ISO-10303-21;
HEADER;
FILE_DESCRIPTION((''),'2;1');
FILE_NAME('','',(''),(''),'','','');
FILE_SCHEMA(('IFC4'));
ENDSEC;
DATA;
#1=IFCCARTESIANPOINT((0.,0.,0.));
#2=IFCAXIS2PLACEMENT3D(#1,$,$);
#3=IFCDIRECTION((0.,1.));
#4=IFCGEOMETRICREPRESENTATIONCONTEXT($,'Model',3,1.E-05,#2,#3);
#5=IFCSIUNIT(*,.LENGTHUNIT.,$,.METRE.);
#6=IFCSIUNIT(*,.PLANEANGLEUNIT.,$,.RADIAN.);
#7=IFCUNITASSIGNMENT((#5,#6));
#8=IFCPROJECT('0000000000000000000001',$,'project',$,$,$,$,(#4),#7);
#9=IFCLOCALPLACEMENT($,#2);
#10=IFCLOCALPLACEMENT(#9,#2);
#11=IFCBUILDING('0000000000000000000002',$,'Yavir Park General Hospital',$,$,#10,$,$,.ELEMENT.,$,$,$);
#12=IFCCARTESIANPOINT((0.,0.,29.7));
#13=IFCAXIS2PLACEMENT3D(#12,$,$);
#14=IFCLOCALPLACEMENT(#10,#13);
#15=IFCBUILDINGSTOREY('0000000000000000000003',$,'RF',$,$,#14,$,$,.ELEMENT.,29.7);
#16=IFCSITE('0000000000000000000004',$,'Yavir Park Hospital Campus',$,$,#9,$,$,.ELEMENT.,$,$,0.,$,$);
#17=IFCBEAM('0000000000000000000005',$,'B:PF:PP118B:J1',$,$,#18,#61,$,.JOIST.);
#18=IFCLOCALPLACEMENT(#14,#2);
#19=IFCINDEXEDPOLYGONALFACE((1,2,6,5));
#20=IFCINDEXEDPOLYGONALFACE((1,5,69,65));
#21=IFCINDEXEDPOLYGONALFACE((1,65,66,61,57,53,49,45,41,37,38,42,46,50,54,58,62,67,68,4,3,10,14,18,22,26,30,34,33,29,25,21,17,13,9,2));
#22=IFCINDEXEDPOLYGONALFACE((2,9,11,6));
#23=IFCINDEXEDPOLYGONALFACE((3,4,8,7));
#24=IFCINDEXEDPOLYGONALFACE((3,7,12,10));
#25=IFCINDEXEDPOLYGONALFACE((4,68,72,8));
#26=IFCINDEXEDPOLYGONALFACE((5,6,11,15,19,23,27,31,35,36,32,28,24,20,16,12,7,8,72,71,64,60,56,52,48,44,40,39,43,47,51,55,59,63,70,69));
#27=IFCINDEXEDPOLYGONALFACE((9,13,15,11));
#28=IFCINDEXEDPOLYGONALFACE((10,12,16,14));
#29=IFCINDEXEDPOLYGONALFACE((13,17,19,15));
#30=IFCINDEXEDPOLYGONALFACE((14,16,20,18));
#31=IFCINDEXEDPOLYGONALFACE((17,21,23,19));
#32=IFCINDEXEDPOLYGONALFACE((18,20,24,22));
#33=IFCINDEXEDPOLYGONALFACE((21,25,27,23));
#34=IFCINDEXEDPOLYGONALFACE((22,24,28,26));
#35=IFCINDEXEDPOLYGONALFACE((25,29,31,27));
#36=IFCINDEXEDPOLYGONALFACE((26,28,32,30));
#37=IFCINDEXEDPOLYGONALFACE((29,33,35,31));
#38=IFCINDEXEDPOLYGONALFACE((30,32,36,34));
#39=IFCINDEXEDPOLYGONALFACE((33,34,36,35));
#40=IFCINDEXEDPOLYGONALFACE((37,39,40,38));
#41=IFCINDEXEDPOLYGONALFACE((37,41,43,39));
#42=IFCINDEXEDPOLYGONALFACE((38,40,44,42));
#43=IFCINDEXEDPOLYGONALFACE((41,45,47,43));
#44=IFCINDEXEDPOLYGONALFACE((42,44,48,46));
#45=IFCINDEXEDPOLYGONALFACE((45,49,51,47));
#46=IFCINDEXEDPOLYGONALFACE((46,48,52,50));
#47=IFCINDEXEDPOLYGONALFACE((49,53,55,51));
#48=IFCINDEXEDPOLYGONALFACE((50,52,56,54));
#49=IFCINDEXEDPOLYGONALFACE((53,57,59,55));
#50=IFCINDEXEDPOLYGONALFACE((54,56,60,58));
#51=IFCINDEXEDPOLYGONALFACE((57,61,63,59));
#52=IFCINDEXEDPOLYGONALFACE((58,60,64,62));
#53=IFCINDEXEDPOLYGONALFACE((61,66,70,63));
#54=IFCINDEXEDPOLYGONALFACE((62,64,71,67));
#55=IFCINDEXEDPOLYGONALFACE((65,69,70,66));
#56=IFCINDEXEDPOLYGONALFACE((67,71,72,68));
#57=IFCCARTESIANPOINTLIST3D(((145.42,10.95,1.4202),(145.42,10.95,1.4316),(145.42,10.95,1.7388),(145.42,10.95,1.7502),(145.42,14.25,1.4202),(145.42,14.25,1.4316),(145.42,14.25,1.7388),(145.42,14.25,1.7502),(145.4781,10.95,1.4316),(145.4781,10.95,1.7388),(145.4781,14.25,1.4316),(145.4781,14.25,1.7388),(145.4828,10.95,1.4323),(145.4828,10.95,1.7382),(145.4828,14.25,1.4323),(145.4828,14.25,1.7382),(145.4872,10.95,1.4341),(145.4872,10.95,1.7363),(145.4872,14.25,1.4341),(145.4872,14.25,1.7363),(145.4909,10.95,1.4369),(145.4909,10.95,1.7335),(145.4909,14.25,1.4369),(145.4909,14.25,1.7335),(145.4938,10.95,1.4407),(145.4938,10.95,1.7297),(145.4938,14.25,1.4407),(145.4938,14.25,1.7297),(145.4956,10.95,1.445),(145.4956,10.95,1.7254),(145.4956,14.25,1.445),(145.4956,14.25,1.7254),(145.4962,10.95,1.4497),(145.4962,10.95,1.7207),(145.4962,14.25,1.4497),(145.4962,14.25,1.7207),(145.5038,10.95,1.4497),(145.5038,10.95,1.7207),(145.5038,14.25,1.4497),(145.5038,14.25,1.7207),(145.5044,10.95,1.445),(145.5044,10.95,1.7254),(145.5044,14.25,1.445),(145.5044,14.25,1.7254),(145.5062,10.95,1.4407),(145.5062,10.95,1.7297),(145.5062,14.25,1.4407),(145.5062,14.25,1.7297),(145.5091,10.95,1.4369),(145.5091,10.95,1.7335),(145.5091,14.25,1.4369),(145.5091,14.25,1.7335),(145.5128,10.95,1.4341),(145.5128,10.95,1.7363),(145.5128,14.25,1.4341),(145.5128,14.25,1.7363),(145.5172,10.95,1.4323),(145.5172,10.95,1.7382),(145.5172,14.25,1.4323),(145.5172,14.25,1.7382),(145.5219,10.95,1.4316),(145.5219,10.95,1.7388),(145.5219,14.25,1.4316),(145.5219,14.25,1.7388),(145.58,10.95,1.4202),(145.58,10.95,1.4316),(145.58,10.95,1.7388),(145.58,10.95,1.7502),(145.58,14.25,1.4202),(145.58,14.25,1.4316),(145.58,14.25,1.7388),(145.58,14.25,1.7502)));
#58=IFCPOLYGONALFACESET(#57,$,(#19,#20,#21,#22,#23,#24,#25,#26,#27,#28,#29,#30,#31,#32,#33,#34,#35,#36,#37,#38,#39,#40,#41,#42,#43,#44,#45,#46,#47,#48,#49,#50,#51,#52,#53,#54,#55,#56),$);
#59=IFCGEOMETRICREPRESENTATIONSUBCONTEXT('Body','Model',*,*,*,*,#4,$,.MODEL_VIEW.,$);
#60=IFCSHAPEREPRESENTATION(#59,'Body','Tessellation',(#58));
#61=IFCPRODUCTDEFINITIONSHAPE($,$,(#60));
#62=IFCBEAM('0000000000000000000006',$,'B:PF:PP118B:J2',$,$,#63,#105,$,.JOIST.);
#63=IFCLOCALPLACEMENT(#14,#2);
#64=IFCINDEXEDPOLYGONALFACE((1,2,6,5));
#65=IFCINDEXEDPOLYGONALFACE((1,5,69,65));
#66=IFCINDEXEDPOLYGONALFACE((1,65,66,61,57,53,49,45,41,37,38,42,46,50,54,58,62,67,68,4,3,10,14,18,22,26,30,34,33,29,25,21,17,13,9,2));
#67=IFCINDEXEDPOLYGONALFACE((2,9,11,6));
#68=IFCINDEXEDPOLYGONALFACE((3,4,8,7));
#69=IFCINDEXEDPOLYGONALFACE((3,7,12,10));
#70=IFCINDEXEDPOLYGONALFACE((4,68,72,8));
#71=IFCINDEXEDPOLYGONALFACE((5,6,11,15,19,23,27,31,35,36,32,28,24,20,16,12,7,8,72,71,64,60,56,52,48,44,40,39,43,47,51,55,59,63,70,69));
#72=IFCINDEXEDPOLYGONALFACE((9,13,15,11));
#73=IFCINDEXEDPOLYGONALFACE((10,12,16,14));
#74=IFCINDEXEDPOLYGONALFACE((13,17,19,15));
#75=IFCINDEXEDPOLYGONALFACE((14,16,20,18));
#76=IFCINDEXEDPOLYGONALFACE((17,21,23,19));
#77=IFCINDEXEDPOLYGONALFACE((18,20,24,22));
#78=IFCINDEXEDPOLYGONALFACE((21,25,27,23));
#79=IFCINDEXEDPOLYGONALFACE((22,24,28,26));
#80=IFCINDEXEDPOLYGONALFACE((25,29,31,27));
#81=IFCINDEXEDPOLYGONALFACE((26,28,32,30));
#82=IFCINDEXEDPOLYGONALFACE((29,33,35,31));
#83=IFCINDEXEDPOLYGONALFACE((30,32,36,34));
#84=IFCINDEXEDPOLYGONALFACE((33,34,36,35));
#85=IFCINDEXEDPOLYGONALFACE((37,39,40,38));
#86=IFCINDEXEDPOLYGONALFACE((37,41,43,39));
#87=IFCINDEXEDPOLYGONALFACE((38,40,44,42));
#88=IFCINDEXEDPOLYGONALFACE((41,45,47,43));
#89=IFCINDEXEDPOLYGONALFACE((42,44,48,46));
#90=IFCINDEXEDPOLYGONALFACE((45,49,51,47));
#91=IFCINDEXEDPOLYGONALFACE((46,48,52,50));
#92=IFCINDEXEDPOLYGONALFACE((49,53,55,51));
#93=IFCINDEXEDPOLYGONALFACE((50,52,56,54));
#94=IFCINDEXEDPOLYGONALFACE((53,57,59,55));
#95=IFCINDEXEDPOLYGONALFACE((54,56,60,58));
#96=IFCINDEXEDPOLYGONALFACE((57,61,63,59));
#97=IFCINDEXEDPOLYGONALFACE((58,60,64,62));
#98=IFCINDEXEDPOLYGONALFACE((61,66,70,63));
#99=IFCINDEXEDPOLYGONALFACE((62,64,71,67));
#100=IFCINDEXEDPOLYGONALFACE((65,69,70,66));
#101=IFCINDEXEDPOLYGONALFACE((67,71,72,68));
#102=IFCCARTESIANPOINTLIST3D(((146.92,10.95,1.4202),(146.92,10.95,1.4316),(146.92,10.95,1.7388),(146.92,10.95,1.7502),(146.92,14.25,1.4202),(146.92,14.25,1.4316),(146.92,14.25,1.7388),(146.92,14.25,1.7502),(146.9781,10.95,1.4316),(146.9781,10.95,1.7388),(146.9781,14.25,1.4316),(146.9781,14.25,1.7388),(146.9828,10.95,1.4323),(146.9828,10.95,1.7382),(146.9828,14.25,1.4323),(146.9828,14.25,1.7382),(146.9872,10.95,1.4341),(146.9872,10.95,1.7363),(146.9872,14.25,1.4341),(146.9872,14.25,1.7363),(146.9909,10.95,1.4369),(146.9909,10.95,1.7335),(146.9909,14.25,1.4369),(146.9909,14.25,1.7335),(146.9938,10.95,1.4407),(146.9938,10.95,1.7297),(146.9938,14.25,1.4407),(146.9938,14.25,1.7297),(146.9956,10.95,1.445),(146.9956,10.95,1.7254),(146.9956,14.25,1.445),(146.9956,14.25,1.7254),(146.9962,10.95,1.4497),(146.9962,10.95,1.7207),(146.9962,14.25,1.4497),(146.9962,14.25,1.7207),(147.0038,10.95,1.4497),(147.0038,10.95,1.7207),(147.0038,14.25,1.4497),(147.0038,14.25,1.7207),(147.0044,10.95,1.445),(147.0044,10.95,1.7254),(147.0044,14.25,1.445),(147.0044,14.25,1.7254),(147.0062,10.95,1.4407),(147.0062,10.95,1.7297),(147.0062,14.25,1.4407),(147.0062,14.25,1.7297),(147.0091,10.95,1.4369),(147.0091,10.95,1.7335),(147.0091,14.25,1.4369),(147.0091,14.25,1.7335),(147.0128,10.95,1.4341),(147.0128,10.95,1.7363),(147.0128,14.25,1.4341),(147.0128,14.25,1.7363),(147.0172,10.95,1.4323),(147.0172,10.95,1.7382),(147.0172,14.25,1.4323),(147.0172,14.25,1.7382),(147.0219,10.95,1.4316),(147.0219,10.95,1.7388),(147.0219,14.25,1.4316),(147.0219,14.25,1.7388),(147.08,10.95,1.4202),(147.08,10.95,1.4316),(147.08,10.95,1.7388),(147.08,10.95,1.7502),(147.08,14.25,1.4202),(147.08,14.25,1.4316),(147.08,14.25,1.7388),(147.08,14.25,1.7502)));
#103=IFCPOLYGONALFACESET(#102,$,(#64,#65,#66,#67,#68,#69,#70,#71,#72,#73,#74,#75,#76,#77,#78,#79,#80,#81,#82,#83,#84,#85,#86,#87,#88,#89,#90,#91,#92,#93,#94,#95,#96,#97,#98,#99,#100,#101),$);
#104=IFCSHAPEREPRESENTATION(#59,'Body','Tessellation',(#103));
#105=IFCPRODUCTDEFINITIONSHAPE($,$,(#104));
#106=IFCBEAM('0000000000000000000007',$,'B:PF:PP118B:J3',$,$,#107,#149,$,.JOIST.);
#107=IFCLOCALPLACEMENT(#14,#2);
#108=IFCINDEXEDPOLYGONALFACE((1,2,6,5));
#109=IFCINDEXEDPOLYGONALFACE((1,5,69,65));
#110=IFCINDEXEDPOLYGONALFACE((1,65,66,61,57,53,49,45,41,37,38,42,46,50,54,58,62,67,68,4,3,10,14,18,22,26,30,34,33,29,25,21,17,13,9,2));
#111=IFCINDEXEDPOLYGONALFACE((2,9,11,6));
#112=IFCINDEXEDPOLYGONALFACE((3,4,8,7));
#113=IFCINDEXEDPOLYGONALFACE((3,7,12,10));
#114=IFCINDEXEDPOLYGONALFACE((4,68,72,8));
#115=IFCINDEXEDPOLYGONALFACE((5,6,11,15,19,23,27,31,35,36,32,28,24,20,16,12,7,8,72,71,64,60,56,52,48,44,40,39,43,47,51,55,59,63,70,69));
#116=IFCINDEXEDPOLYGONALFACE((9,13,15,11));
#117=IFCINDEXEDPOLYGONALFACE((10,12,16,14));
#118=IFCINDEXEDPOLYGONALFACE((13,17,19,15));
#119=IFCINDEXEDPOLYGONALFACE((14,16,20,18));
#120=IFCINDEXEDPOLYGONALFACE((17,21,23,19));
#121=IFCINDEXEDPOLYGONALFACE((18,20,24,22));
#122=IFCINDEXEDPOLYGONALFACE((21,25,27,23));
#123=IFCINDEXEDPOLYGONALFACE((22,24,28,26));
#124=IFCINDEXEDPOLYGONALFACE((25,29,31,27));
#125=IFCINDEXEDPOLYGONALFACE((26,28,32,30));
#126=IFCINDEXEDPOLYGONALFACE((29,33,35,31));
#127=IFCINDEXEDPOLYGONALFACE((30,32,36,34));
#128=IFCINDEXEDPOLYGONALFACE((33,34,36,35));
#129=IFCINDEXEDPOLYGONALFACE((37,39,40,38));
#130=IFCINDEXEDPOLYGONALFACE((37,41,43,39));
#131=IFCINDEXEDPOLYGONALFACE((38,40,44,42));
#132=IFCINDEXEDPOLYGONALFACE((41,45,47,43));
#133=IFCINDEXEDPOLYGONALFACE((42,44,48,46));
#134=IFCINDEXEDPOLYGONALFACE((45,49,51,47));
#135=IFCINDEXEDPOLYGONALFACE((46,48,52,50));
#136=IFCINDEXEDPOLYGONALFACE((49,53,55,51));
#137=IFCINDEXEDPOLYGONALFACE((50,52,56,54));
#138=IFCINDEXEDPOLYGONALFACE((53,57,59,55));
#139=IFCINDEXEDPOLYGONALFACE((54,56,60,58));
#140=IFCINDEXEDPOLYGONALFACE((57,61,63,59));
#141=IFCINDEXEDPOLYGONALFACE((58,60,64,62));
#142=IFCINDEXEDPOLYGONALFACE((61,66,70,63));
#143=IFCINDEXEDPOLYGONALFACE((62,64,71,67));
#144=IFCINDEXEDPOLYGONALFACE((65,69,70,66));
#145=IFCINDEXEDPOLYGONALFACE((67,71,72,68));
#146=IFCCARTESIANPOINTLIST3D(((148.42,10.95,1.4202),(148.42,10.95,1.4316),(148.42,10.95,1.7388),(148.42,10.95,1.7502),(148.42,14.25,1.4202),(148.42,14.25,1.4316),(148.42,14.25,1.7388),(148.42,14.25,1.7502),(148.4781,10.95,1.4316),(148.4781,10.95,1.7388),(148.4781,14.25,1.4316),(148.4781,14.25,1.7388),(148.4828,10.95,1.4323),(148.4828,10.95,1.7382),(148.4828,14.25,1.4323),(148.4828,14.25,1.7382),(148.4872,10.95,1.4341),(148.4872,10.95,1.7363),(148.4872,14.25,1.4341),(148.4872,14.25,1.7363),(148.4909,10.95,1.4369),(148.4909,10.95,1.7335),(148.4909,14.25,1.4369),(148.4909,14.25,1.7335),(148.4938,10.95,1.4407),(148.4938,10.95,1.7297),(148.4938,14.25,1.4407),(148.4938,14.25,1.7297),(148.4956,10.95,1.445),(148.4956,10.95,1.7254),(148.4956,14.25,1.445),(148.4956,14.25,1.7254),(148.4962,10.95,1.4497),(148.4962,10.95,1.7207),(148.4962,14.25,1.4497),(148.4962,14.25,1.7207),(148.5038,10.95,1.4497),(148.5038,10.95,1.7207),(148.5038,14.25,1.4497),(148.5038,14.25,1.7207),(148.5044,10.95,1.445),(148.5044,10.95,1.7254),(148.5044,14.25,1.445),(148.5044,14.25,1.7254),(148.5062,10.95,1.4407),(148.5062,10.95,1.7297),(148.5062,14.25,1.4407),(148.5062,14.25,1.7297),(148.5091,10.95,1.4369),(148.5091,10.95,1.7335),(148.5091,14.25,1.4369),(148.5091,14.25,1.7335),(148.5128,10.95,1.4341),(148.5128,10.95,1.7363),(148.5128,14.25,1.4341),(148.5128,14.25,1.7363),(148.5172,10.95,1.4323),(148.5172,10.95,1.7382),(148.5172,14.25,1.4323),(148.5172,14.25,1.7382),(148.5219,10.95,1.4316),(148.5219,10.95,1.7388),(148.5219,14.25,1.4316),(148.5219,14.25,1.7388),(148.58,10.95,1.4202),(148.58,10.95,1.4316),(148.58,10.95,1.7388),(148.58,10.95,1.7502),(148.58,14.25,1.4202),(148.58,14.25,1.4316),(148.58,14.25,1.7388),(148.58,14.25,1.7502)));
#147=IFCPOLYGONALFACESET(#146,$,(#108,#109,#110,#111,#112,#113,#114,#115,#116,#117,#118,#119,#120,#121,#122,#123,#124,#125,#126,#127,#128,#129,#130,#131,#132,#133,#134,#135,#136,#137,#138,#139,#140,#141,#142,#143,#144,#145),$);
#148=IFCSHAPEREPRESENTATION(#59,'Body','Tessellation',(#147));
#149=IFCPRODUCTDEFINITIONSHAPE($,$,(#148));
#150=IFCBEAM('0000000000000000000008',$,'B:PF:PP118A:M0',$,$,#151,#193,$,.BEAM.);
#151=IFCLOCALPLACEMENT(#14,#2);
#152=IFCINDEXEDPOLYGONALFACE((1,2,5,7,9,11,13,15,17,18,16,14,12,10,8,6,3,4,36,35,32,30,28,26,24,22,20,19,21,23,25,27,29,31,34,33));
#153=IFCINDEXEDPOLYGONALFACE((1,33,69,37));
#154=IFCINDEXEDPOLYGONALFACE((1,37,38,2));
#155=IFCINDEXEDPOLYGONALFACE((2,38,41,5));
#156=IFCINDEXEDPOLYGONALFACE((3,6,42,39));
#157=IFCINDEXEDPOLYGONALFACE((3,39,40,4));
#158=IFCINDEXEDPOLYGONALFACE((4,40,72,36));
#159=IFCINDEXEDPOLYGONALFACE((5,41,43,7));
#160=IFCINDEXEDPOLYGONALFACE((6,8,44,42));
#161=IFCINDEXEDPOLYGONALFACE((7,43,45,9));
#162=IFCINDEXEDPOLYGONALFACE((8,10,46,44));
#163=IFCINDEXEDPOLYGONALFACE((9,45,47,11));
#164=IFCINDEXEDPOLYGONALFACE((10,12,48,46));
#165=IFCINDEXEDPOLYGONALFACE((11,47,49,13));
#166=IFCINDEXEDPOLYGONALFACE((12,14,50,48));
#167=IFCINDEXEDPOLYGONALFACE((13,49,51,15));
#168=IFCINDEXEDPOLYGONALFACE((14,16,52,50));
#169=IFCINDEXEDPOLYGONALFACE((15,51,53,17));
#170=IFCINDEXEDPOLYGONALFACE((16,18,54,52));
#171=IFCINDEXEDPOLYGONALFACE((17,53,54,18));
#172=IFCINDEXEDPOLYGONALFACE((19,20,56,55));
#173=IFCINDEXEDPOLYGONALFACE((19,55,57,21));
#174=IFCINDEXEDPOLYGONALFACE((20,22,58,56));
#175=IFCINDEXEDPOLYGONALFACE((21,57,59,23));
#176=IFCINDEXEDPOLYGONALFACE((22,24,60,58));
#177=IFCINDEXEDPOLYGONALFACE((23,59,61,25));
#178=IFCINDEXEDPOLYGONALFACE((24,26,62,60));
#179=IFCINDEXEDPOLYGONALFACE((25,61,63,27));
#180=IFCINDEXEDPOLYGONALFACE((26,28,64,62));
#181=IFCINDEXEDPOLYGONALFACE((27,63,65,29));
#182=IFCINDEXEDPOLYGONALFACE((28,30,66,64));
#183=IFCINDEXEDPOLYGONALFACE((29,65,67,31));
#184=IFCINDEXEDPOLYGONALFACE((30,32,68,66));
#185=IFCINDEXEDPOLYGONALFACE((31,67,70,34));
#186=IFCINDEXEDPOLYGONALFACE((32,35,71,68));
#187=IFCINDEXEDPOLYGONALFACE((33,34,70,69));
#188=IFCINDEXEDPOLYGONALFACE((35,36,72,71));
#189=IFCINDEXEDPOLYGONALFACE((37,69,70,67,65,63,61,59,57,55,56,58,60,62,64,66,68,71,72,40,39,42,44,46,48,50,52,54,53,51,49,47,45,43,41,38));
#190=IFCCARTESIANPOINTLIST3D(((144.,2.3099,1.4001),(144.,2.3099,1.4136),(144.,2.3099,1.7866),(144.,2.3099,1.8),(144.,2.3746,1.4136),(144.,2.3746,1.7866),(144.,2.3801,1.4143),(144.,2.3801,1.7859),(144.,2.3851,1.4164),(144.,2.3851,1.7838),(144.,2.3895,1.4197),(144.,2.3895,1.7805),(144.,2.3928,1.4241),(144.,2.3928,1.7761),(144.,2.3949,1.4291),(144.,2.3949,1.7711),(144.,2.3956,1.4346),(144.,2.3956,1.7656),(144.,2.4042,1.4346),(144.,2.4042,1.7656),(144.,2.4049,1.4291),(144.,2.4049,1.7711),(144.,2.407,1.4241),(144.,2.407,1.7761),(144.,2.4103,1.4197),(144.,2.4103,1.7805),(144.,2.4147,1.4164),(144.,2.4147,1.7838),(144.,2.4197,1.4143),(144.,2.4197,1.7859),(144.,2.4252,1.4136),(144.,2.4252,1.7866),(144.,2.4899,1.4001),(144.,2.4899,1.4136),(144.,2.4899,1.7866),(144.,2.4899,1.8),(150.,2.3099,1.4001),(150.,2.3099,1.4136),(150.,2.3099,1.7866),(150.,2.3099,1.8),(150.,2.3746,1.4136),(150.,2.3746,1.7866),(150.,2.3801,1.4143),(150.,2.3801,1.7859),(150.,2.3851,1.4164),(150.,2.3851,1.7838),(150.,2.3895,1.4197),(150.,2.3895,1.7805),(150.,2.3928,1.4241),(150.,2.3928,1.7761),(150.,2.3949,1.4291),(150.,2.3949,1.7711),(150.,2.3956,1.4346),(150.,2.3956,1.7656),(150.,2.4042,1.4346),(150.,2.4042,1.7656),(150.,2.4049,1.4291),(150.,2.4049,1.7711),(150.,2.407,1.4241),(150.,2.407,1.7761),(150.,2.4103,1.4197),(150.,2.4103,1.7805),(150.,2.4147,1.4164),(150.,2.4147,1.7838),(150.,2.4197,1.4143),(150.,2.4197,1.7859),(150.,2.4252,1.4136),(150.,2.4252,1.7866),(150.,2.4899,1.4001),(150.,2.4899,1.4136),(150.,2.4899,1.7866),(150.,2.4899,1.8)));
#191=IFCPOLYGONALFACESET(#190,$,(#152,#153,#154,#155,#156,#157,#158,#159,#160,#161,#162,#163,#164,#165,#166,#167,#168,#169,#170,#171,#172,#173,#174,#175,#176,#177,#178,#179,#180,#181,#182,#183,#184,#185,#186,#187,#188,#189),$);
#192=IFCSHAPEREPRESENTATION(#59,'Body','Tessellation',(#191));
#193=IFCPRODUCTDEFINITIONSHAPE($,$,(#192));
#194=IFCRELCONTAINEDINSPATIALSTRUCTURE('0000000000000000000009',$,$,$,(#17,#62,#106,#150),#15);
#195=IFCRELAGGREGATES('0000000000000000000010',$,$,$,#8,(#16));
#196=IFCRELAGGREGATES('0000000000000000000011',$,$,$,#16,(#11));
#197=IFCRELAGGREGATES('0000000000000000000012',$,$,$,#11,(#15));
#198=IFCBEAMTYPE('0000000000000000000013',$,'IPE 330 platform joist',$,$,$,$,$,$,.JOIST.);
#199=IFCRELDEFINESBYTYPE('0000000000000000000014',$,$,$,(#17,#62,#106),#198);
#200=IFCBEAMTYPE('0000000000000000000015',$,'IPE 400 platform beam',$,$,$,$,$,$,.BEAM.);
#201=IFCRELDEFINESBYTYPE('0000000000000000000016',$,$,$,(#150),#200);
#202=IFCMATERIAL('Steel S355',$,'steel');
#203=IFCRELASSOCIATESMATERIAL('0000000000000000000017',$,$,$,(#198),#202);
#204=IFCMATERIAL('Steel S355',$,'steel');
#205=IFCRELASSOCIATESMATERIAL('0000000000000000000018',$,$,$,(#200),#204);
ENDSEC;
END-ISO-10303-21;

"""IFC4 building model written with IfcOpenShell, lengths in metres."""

from ifc_helpers import new_model, si_unit, direction, frame, origin, origin_2d, place, context, subcontext, project, spatial, i_section, extrude, material, material_profile, profile_set, type_object, element, save


model = new_model("IFC4")

# Units and contexts
model_context = context("Model", 3, precision=1e-05, world=origin(), true_north=direction((0.0, 1.0)))
body_context = subcontext(model_context, "Body", "Model", "MODEL_VIEW")
ifc_project = project(units=[si_unit("LENGTHUNIT", "METRE"), si_unit("PLANEANGLEUNIT", "RADIAN")], contexts=[model_context])

# Site, building, storey
site_placement = place(None, origin())
site = spatial("IfcSite", under=ifc_project, at=site_placement, Name="Yavir Park Hospital Campus", CompositionType="ELEMENT", RefElevation=0.0)
building_placement = place(site_placement, origin())
building = spatial("IfcBuilding", under=site, at=building_placement, Name="Yavir Park General Hospital", CompositionType="ELEMENT")
storey_placement = place(building_placement, frame((0.0, 0.0, 29.7)))
storey = spatial("IfcBuildingStorey", under=building, at=storey_placement, Name="RF", CompositionType="ELEMENT", Elevation=29.7)

# Beams
ifc_material_1 = material(Name="Steel S355", Category="steel")
ifc_material_profile_1 = material_profile(ifc_material_1, i_section(OverallWidth=0.1599, OverallDepth=0.3301, WebThickness=0.0076, FlangeThickness=0.0115, FilletRadius=0.0181, at=origin_2d()), Name="IPE330")
ifc_profile_set_1 = profile_set([ifc_material_profile_1], Name="Steel S355")
beam_type_1 = type_object("IfcBeamType", Name="IPE 330 platform joist", PredefinedType="JOIST", material=ifc_profile_set_1)
for number, where, z_axis, x_axis, name in (
    (1, (145.5, 10.95, 1.5852), (0.0, 1.0, 0.0), (-1.0, 0.0, 0.0), "B:PF:PP118B:J1"),
    (2, (147.0, 10.95, 1.5852), (0.0, 1.0, 0.0), (-1.0, 0.0, 0.0), "B:PF:PP118B:J2"),
    (3, (148.5, 10.95, 1.5852), (0.0, 1.0, 0.0), (-1.0, 0.0, 0.0), "B:PF:PP118B:J3"),
):
    element("IfcBeam", number, at=place(storey_placement, frame(where, z_axis=z_axis, x_axis=x_axis)), inside=storey, type_object=beam_type_1, Name=name, PredefinedType="JOIST", context=body_context, shape_type="SweptSolid", body=[
        extrude(i_section(OverallWidth=0.1599, OverallDepth=0.3301, WebThickness=0.0076, FlangeThickness=0.0115, FilletRadius=0.0181, at=origin_2d()), origin(), (0.0, 0.0, 1.0), 3.3),
    ])
ifc_material_2 = material(Name="Steel S355", Category="steel")
ifc_material_profile_2 = material_profile(ifc_material_2, i_section(OverallWidth=0.1799, OverallDepth=0.3999, WebThickness=0.0085, FlangeThickness=0.0134, FilletRadius=0.021, at=origin_2d()), Name="IPE400")
ifc_profile_set_2 = profile_set([ifc_material_profile_2], Name="Steel S355")
beam_type_2 = type_object("IfcBeamType", Name="IPE 400 platform beam", PredefinedType="BEAM", material=ifc_profile_set_2)
for number, where, z_axis, x_axis, name in (
    (4, (144.0, 2.3999, 1.6001), (1.0, 0.0, 0.0), (0.0, 1.0, 0.0), "B:PF:PP118A:M0"),
):
    element("IfcBeam", number, at=place(storey_placement, frame(where, z_axis=z_axis, x_axis=x_axis)), inside=storey, type_object=beam_type_2, Name=name, PredefinedType="BEAM", context=body_context, shape_type="SweptSolid", body=[
        extrude(i_section(OverallWidth=0.1799, OverallDepth=0.3999, WebThickness=0.0085, FlangeThickness=0.0134, FilletRadius=0.021, at=origin_2d()), origin(), (0.0, 0.0, 1.0), 6.0),
    ])

save(model, "model.ifc")
